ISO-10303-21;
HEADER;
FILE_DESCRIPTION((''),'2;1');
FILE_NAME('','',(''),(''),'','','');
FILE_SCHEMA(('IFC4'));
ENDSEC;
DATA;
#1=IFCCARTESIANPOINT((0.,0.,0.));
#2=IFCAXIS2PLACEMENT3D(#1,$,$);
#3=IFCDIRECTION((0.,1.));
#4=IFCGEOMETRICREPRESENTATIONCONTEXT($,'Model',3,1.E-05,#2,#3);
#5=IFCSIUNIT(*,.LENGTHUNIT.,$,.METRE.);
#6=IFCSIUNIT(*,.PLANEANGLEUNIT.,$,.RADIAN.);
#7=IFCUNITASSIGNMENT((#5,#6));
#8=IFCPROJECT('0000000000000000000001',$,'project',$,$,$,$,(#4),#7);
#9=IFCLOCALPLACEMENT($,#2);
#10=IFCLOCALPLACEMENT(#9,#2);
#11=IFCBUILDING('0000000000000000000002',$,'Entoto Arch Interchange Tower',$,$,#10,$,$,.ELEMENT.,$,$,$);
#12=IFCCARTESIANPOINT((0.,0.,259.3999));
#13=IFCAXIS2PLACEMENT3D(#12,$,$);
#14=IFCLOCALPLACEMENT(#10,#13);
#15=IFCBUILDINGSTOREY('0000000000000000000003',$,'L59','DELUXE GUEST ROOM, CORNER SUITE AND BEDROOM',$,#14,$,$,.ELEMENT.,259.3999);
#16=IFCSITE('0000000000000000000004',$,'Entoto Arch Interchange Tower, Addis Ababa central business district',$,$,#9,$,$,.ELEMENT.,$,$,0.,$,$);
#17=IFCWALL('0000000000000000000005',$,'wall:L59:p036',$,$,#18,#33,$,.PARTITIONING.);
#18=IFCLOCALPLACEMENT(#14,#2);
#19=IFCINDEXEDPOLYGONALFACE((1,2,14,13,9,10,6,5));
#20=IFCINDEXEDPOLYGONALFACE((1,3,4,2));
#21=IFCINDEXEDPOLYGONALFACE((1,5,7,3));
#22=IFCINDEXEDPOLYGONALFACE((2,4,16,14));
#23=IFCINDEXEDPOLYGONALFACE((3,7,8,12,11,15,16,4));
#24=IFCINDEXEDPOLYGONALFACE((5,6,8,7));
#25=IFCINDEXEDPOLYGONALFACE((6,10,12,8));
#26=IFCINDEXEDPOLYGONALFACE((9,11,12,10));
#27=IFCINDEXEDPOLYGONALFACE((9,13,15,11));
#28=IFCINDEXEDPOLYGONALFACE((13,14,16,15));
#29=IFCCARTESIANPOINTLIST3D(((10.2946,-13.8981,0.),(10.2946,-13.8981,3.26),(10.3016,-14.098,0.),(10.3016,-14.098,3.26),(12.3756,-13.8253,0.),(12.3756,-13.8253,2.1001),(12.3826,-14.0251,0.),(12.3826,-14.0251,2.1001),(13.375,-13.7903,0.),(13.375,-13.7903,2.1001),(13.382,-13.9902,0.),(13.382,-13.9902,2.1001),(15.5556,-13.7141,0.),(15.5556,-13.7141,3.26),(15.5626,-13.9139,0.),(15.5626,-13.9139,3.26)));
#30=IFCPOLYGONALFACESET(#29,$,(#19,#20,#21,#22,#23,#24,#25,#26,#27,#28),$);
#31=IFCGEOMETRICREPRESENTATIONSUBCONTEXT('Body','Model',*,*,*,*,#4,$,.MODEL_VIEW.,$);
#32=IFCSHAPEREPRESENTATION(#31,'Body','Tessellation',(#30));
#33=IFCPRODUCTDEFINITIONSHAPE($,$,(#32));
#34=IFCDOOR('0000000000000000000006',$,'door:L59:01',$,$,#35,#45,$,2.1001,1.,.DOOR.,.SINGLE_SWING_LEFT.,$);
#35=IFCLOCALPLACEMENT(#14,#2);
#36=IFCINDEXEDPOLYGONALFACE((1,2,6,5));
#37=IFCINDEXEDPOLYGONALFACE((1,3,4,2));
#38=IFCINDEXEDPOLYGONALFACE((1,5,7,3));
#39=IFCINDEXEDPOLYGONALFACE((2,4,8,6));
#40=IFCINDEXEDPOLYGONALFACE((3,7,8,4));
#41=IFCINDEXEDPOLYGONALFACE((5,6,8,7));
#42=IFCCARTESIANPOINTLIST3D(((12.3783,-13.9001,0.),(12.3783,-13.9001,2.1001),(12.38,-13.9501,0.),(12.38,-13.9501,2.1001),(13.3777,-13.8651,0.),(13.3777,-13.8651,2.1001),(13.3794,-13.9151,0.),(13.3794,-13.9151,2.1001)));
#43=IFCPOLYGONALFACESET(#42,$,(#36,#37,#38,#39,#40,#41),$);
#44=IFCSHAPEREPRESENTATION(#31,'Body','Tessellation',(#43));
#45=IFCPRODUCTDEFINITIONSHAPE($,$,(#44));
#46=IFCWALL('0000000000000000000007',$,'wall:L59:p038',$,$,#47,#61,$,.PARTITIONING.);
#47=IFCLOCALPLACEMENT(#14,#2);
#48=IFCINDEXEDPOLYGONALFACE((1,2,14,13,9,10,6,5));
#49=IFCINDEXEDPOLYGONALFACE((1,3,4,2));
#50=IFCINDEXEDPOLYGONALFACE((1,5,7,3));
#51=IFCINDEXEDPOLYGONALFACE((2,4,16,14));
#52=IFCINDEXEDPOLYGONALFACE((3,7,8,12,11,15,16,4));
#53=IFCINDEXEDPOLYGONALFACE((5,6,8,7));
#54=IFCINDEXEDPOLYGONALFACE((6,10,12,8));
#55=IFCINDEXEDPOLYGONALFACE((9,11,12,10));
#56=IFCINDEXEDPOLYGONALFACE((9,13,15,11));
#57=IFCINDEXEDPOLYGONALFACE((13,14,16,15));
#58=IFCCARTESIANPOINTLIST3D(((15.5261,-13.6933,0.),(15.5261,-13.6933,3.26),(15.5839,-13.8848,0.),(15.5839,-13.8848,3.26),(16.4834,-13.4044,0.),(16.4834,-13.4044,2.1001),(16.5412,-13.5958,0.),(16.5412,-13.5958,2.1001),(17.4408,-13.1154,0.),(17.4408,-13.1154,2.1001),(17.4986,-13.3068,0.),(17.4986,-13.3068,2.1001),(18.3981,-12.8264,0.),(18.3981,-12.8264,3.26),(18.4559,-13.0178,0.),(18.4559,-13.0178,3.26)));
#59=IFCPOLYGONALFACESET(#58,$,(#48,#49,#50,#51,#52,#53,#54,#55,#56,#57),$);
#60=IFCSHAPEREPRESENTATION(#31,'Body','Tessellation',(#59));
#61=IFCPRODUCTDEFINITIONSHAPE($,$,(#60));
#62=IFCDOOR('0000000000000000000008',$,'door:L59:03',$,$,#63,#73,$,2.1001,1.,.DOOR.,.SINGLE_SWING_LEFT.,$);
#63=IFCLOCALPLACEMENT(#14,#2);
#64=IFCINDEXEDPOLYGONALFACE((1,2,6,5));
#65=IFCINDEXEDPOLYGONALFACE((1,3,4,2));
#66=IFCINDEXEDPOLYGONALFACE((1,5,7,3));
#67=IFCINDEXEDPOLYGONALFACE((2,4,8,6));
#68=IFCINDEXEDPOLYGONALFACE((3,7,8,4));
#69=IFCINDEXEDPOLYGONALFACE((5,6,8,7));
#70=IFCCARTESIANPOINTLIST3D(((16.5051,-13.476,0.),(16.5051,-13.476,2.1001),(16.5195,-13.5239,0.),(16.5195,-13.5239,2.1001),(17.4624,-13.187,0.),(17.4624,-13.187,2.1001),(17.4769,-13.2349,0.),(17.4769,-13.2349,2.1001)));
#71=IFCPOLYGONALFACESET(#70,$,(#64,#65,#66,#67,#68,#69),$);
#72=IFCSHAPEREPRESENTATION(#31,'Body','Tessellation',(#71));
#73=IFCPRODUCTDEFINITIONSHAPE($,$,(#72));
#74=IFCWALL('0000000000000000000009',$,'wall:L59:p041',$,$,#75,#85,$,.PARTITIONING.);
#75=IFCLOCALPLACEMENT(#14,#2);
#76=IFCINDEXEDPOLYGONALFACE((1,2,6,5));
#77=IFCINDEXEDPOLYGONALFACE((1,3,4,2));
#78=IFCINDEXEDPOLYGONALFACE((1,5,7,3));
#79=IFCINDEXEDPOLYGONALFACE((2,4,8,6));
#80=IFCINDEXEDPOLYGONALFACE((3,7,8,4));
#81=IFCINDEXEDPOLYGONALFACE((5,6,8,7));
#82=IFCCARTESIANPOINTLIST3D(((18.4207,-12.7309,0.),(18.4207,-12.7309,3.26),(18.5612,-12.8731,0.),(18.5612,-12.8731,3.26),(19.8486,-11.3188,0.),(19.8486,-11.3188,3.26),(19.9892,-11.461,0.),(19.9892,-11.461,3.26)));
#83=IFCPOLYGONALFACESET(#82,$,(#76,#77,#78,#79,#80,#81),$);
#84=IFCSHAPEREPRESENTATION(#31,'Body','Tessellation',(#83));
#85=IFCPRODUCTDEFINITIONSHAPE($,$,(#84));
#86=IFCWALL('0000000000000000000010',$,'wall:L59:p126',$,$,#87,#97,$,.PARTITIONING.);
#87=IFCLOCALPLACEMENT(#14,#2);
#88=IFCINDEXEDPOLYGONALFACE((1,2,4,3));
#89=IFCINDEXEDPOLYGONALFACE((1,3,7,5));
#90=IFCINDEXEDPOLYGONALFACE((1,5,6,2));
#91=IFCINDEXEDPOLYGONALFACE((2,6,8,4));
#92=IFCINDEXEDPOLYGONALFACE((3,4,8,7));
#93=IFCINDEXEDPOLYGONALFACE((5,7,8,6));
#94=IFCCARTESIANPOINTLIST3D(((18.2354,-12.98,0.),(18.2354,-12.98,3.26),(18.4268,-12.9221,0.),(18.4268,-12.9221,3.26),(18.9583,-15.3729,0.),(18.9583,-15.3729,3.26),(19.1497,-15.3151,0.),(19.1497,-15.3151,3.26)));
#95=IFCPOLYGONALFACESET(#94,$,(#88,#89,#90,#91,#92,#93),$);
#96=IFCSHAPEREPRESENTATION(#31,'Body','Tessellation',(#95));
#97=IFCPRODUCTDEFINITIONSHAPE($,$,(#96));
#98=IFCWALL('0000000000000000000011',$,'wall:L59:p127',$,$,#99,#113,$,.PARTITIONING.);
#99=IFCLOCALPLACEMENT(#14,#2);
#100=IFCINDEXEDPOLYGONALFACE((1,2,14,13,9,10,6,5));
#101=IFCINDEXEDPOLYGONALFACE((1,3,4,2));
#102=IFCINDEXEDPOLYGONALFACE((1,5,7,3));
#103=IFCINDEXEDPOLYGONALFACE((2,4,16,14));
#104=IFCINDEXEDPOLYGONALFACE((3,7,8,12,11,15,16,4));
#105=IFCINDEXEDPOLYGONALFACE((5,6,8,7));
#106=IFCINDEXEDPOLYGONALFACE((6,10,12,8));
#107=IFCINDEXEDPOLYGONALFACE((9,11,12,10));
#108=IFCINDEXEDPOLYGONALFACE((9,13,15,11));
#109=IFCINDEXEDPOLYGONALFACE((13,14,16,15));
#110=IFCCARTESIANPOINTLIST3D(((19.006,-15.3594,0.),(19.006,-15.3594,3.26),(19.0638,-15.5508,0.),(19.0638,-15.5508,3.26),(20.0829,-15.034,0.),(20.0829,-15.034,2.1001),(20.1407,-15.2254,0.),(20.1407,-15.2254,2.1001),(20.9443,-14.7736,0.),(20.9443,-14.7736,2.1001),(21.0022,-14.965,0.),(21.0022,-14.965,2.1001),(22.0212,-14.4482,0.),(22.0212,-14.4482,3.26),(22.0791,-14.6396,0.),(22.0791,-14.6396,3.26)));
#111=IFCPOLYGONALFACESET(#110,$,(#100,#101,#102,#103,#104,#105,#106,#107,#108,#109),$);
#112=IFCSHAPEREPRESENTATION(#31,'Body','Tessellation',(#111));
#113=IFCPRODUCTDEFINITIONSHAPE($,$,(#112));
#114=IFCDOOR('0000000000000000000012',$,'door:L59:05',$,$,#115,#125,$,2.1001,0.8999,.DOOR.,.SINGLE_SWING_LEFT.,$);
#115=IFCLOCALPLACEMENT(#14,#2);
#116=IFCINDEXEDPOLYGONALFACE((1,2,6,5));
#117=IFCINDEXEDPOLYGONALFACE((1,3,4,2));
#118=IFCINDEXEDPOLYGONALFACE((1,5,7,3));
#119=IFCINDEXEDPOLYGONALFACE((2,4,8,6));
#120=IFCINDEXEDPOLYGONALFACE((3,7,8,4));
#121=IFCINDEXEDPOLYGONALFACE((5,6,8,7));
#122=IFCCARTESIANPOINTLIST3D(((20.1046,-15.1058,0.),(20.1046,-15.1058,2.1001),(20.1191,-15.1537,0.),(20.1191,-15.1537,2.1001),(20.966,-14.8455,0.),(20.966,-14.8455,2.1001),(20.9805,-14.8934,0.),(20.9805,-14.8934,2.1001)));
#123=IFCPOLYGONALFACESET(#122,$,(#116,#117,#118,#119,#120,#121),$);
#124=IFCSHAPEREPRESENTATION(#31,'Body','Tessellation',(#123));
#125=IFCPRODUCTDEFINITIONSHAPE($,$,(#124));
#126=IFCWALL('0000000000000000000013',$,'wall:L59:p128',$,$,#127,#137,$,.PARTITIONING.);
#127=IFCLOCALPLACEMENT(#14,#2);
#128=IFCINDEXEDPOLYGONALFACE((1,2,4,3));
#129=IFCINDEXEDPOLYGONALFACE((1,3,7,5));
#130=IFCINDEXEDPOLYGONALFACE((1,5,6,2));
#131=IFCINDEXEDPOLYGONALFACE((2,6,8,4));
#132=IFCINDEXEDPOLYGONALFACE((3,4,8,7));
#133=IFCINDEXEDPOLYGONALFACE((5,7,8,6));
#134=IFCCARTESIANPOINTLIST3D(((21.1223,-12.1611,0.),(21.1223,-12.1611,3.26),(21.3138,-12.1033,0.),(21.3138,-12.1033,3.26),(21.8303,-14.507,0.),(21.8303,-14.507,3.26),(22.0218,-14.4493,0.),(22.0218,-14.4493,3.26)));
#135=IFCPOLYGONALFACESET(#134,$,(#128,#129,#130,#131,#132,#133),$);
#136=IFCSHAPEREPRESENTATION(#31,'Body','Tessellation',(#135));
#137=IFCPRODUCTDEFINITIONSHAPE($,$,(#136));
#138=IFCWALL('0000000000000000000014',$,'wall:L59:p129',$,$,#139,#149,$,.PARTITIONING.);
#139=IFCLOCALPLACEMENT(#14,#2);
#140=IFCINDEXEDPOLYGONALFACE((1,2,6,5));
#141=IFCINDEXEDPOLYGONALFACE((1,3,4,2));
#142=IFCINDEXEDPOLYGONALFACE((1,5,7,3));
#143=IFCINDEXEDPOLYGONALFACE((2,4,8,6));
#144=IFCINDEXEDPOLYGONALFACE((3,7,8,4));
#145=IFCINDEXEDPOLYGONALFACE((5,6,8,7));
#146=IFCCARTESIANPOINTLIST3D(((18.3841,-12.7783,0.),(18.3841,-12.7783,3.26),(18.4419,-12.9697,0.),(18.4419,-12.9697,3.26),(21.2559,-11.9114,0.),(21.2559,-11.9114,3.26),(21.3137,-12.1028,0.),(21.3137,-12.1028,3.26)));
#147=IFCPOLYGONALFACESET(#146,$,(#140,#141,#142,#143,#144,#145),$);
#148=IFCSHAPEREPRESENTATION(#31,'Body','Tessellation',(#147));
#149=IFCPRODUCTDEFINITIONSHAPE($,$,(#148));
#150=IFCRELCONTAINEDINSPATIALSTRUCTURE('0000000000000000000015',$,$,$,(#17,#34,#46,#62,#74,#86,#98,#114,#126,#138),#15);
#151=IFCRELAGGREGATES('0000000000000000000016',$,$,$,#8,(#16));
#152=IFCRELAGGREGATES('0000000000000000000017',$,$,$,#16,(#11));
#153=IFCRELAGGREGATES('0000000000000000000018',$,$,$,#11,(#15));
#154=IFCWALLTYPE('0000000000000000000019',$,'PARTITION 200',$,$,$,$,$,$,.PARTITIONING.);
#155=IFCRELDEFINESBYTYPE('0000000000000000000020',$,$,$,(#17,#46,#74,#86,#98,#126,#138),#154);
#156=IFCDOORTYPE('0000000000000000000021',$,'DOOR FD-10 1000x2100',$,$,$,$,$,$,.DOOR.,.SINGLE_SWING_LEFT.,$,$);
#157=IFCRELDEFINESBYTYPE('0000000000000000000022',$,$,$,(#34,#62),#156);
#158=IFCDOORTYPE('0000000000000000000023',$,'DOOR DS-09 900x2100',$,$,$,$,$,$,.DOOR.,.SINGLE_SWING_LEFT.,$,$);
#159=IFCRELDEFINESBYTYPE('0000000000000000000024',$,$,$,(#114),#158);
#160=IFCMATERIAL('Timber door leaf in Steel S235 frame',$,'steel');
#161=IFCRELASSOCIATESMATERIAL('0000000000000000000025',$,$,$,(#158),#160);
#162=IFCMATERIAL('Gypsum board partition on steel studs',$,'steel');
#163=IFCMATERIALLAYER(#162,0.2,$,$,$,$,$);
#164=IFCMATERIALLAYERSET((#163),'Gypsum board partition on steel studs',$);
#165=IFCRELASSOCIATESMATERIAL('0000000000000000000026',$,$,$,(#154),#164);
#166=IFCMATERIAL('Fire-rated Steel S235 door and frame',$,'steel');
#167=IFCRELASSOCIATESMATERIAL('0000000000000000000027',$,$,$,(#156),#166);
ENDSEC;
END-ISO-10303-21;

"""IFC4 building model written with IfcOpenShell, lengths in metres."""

from ifc_helpers import new_model, si_unit, direction, frame, frame_2d, origin, place, context, subcontext, project, spatial, rectangle, extrude, material, layer, layer_set, type_object, element, fill, save


model = new_model("IFC4")

# Units and contexts
model_context = context("Model", 3, precision=1e-05, world=origin(), true_north=direction((0.0, 1.0)))
body_context = subcontext(model_context, "Body", "Model", "MODEL_VIEW")
ifc_project = project(units=[si_unit("LENGTHUNIT", "METRE"), si_unit("PLANEANGLEUNIT", "RADIAN")], contexts=[model_context])

# Site, building, storey
site_placement = place(None, origin())
site = spatial("IfcSite", under=ifc_project, at=site_placement, Name="Entoto Arch Interchange Tower, Addis Ababa central business district", CompositionType="ELEMENT", RefElevation=0.0)
building_placement = place(site_placement, origin())
building = spatial("IfcBuilding", under=site, at=building_placement, Name="Entoto Arch Interchange Tower", CompositionType="ELEMENT")
storey_placement = place(building_placement, frame((0.0, 0.0, 259.3999)))
storey = spatial("IfcBuildingStorey", under=building, at=storey_placement, Name="L59", Description="DELUXE GUEST ROOM, CORNER SUITE AND BEDROOM", CompositionType="ELEMENT", Elevation=259.3999)

# Shared definitions
ifc_material_1 = material(Name="Gypsum board partition on steel studs", Category="steel")
ifc_material_2 = material(Name="Timber door leaf in Steel S235 frame", Category="steel")
door_type_1 = type_object("IfcDoorType", Name="DOOR DS-09 900x2100", OperationType="SINGLE_SWING_LEFT", PredefinedType="DOOR", material=ifc_material_2)

# Shared definitions
ifc_layer_1 = layer(ifc_material_1, 0.2)
ifc_layer_set_1 = layer_set([ifc_layer_1], Name="Gypsum board partition on steel studs")
wall_type_1 = type_object("IfcWallType", Name="PARTITION 200", PredefinedType="PARTITIONING", material=ifc_layer_set_1)

# Walls, openings, doors
wall_1_placement = place(storey_placement, frame((15.5591, -13.814, 0.0), z_axis=(0.0, 0.0, 1.0), x_axis=(-0.999388, -0.034969, 0.0)))
wall_1 = element("IfcWall", 1, at=wall_1_placement, inside=storey, type_object=wall_type_1, Name="wall:L59:p036", PredefinedType="PARTITIONING", context=body_context, shape_type="SweptSolid", body=[
    extrude(rectangle(XDim=5.2642, YDim=0.2, at=frame_2d((2.6321, 0.0))), origin(), (0.0, 0.0, 1.0), 3.26),
])
opening_1_placement = place(wall_1_placement, frame((2.1819, 0.0, 0.0)))
opening_1 = element("IfcOpeningElement", 2, at=opening_1_placement, cuts=wall_1, PredefinedType="OPENING", context=body_context, shape_type="SweptSolid", body=[
    extrude(rectangle(XDim=1.0, YDim=2.1001, at=frame_2d((0.5, 1.05))), frame((0.0, 0.1099, 0.0), z_axis=(0.0, -1.0, 0.0), x_axis=(1.0, 0.0, 0.0)), (0.0, 0.0, 1.0), 0.22),
])
ifc_material_3 = material(Name="Fire-rated Steel S235 door and frame", Category="steel")
door_type_2 = type_object("IfcDoorType", Name="DOOR FD-10 1000x2100", OperationType="SINGLE_SWING_LEFT", PredefinedType="DOOR", material=ifc_material_3)
door_1_placement = place(opening_1_placement, origin())
door_1 = element("IfcDoor", 3, at=door_1_placement, inside=storey, type_object=door_type_2, Name="door:L59:01", OperationType="SINGLE_SWING_LEFT", OverallHeight=2.1001, OverallWidth=1.0, PredefinedType="DOOR", context=body_context, shape_type="SweptSolid", body=[
    extrude(rectangle(XDim=1.0, YDim=2.1001, at=frame_2d((0.5, 1.05))), frame((0.0, 0.0249, 0.0), z_axis=(0.0, -1.0, 0.0), x_axis=(1.0, 0.0, 0.0)), (0.0, 0.0, 1.0), 0.05),
])
fill(opening_1, door_1)
wall_2_placement = place(storey_placement, frame((18.427, -12.9221, 0.0), z_axis=(0.0, 0.0, 1.0), x_axis=(-0.957337, -0.288975, 0.0)))
wall_2 = element("IfcWall", 4, at=wall_2_placement, inside=storey, type_object=wall_type_1, Name="wall:L59:p038", PredefinedType="PARTITIONING", context=body_context, shape_type="SweptSolid", body=[
    extrude(rectangle(XDim=3.0, YDim=0.2, at=frame_2d((1.5, 0.0))), origin(), (0.0, 0.0, 1.0), 3.26),
])
opening_2_placement = place(wall_2_placement, frame((1.0, 0.0, 0.0)))
opening_2 = element("IfcOpeningElement", 5, at=opening_2_placement, cuts=wall_2, PredefinedType="OPENING", context=body_context, shape_type="SweptSolid", body=[
    extrude(rectangle(XDim=1.0, YDim=2.1001, at=frame_2d((0.5, 1.05))), frame((0.0, 0.1099, 0.0), z_axis=(0.0, -1.0, 0.0), x_axis=(1.0, 0.0, 0.0)), (0.0, 0.0, 1.0), 0.22),
])
door_2_placement = place(opening_2_placement, origin())
door_2 = element("IfcDoor", 6, at=door_2_placement, inside=storey, type_object=door_type_2, Name="door:L59:03", OperationType="SINGLE_SWING_LEFT", OverallHeight=2.1001, OverallWidth=1.0, PredefinedType="DOOR", context=body_context, shape_type="SweptSolid", body=[
    extrude(rectangle(XDim=1.0, YDim=2.1001, at=frame_2d((0.5, 1.05))), frame((0.0, 0.0249, 0.0), z_axis=(0.0, -1.0, 0.0), x_axis=(1.0, 0.0, 0.0)), (0.0, 0.0, 1.0), 0.05),
])
fill(opening_2, door_2)

# Walls
wall_3_placement = place(storey_placement, frame((19.9189, -11.3899, 0.0), z_axis=(0.0, 0.0, 1.0), x_axis=(-0.711047, -0.703145, 0.0)))
element("IfcWall", 7, at=wall_3_placement, inside=storey, type_object=wall_type_1, Name="wall:L59:p041", PredefinedType="PARTITIONING", context=body_context, shape_type="SweptSolid", body=[
    extrude(rectangle(XDim=2.0083, YDim=0.2, at=frame_2d((1.0042, 0.0))), origin(), (0.0, 0.0, 1.0), 3.26),
])
wall_4_placement = place(storey_placement, frame((18.3311, -12.9509, 0.0), z_axis=(0.0, 0.0, 1.0), x_axis=(0.289175, -0.957276, 0.0)))
element("IfcWall", 8, at=wall_4_placement, inside=storey, type_object=wall_type_1, Name="wall:L59:p126", PredefinedType="PARTITIONING", context=body_context, shape_type="SweptSolid", body=[
    extrude(rectangle(XDim=2.4998, YDim=0.2, at=frame_2d((1.25, 0.0))), origin(), (0.0, 0.0, 1.0), 3.26),
])

# Wall, opening, door
wall_5_placement = place(storey_placement, frame((19.0349, -15.4551, 0.0), z_axis=(0.0, 0.0, 1.0), x_axis=(0.957248, 0.289267, 0.0)))
wall_5 = element("IfcWall", 9, at=wall_5_placement, inside=storey, type_object=wall_type_1, Name="wall:L59:p127", PredefinedType="PARTITIONING", context=body_context, shape_type="SweptSolid", body=[
    extrude(rectangle(XDim=3.1499, YDim=0.2, at=frame_2d((1.575, 0.0))), origin(), (0.0, 0.0, 1.0), 3.26),
])
opening_3_placement = place(wall_5_placement, frame((1.125, 0.0, 0.0)))
opening_3 = element("IfcOpeningElement", 10, at=opening_3_placement, cuts=wall_5, PredefinedType="OPENING", context=body_context, shape_type="SweptSolid", body=[
    extrude(rectangle(XDim=0.8999, YDim=2.1001, at=frame_2d((0.45, 1.05))), frame((0.0, 0.1099, 0.0), z_axis=(0.0, -1.0, 0.0), x_axis=(1.0, 0.0, 0.0)), (0.0, 0.0, 1.0), 0.22),
])
door_3_placement = place(opening_3_placement, origin())
door_3 = element("IfcDoor", 11, at=door_3_placement, inside=storey, type_object=door_type_1, Name="door:L59:05", OperationType="SINGLE_SWING_LEFT", OverallHeight=2.1001, OverallWidth=0.8999, PredefinedType="DOOR", context=body_context, shape_type="SweptSolid", body=[
    extrude(rectangle(XDim=0.8999, YDim=2.1001, at=frame_2d((0.45, 1.05))), frame((0.0, 0.0249, 0.0), z_axis=(0.0, -1.0, 0.0), x_axis=(1.0, 0.0, 0.0)), (0.0, 0.0, 1.0), 0.05),
])
fill(opening_3, door_3)

# Walls
wall_6_placement = place(storey_placement, frame((21.926, -14.478, 0.0), z_axis=(0.0, 0.0, 1.0), x_axis=(-0.288929, 0.957351, 0.0)))
element("IfcWall", 12, at=wall_6_placement, inside=storey, type_object=wall_type_1, Name="wall:L59:p128", PredefinedType="PARTITIONING", context=body_context, shape_type="SweptSolid", body=[
    extrude(rectangle(XDim=2.4504, YDim=0.2, at=frame_2d((1.2251, 0.0))), origin(), (0.0, 0.0, 1.0), 3.26),
])
wall_7_placement = place(storey_placement, frame((21.2849, -12.0071, 0.0), z_axis=(0.0, 0.0, 1.0), x_axis=(-0.95733, -0.288998, 0.0)))
element("IfcWall", 13, at=wall_7_placement, inside=storey, type_object=wall_type_1, Name="wall:L59:p129", PredefinedType="PARTITIONING", context=body_context, shape_type="SweptSolid", body=[
    extrude(rectangle(XDim=2.9998, YDim=0.2, at=frame_2d((1.5, 0.0))), origin(), (0.0, 0.0, 1.0), 3.26),
])

save(model, "model.ifc")
